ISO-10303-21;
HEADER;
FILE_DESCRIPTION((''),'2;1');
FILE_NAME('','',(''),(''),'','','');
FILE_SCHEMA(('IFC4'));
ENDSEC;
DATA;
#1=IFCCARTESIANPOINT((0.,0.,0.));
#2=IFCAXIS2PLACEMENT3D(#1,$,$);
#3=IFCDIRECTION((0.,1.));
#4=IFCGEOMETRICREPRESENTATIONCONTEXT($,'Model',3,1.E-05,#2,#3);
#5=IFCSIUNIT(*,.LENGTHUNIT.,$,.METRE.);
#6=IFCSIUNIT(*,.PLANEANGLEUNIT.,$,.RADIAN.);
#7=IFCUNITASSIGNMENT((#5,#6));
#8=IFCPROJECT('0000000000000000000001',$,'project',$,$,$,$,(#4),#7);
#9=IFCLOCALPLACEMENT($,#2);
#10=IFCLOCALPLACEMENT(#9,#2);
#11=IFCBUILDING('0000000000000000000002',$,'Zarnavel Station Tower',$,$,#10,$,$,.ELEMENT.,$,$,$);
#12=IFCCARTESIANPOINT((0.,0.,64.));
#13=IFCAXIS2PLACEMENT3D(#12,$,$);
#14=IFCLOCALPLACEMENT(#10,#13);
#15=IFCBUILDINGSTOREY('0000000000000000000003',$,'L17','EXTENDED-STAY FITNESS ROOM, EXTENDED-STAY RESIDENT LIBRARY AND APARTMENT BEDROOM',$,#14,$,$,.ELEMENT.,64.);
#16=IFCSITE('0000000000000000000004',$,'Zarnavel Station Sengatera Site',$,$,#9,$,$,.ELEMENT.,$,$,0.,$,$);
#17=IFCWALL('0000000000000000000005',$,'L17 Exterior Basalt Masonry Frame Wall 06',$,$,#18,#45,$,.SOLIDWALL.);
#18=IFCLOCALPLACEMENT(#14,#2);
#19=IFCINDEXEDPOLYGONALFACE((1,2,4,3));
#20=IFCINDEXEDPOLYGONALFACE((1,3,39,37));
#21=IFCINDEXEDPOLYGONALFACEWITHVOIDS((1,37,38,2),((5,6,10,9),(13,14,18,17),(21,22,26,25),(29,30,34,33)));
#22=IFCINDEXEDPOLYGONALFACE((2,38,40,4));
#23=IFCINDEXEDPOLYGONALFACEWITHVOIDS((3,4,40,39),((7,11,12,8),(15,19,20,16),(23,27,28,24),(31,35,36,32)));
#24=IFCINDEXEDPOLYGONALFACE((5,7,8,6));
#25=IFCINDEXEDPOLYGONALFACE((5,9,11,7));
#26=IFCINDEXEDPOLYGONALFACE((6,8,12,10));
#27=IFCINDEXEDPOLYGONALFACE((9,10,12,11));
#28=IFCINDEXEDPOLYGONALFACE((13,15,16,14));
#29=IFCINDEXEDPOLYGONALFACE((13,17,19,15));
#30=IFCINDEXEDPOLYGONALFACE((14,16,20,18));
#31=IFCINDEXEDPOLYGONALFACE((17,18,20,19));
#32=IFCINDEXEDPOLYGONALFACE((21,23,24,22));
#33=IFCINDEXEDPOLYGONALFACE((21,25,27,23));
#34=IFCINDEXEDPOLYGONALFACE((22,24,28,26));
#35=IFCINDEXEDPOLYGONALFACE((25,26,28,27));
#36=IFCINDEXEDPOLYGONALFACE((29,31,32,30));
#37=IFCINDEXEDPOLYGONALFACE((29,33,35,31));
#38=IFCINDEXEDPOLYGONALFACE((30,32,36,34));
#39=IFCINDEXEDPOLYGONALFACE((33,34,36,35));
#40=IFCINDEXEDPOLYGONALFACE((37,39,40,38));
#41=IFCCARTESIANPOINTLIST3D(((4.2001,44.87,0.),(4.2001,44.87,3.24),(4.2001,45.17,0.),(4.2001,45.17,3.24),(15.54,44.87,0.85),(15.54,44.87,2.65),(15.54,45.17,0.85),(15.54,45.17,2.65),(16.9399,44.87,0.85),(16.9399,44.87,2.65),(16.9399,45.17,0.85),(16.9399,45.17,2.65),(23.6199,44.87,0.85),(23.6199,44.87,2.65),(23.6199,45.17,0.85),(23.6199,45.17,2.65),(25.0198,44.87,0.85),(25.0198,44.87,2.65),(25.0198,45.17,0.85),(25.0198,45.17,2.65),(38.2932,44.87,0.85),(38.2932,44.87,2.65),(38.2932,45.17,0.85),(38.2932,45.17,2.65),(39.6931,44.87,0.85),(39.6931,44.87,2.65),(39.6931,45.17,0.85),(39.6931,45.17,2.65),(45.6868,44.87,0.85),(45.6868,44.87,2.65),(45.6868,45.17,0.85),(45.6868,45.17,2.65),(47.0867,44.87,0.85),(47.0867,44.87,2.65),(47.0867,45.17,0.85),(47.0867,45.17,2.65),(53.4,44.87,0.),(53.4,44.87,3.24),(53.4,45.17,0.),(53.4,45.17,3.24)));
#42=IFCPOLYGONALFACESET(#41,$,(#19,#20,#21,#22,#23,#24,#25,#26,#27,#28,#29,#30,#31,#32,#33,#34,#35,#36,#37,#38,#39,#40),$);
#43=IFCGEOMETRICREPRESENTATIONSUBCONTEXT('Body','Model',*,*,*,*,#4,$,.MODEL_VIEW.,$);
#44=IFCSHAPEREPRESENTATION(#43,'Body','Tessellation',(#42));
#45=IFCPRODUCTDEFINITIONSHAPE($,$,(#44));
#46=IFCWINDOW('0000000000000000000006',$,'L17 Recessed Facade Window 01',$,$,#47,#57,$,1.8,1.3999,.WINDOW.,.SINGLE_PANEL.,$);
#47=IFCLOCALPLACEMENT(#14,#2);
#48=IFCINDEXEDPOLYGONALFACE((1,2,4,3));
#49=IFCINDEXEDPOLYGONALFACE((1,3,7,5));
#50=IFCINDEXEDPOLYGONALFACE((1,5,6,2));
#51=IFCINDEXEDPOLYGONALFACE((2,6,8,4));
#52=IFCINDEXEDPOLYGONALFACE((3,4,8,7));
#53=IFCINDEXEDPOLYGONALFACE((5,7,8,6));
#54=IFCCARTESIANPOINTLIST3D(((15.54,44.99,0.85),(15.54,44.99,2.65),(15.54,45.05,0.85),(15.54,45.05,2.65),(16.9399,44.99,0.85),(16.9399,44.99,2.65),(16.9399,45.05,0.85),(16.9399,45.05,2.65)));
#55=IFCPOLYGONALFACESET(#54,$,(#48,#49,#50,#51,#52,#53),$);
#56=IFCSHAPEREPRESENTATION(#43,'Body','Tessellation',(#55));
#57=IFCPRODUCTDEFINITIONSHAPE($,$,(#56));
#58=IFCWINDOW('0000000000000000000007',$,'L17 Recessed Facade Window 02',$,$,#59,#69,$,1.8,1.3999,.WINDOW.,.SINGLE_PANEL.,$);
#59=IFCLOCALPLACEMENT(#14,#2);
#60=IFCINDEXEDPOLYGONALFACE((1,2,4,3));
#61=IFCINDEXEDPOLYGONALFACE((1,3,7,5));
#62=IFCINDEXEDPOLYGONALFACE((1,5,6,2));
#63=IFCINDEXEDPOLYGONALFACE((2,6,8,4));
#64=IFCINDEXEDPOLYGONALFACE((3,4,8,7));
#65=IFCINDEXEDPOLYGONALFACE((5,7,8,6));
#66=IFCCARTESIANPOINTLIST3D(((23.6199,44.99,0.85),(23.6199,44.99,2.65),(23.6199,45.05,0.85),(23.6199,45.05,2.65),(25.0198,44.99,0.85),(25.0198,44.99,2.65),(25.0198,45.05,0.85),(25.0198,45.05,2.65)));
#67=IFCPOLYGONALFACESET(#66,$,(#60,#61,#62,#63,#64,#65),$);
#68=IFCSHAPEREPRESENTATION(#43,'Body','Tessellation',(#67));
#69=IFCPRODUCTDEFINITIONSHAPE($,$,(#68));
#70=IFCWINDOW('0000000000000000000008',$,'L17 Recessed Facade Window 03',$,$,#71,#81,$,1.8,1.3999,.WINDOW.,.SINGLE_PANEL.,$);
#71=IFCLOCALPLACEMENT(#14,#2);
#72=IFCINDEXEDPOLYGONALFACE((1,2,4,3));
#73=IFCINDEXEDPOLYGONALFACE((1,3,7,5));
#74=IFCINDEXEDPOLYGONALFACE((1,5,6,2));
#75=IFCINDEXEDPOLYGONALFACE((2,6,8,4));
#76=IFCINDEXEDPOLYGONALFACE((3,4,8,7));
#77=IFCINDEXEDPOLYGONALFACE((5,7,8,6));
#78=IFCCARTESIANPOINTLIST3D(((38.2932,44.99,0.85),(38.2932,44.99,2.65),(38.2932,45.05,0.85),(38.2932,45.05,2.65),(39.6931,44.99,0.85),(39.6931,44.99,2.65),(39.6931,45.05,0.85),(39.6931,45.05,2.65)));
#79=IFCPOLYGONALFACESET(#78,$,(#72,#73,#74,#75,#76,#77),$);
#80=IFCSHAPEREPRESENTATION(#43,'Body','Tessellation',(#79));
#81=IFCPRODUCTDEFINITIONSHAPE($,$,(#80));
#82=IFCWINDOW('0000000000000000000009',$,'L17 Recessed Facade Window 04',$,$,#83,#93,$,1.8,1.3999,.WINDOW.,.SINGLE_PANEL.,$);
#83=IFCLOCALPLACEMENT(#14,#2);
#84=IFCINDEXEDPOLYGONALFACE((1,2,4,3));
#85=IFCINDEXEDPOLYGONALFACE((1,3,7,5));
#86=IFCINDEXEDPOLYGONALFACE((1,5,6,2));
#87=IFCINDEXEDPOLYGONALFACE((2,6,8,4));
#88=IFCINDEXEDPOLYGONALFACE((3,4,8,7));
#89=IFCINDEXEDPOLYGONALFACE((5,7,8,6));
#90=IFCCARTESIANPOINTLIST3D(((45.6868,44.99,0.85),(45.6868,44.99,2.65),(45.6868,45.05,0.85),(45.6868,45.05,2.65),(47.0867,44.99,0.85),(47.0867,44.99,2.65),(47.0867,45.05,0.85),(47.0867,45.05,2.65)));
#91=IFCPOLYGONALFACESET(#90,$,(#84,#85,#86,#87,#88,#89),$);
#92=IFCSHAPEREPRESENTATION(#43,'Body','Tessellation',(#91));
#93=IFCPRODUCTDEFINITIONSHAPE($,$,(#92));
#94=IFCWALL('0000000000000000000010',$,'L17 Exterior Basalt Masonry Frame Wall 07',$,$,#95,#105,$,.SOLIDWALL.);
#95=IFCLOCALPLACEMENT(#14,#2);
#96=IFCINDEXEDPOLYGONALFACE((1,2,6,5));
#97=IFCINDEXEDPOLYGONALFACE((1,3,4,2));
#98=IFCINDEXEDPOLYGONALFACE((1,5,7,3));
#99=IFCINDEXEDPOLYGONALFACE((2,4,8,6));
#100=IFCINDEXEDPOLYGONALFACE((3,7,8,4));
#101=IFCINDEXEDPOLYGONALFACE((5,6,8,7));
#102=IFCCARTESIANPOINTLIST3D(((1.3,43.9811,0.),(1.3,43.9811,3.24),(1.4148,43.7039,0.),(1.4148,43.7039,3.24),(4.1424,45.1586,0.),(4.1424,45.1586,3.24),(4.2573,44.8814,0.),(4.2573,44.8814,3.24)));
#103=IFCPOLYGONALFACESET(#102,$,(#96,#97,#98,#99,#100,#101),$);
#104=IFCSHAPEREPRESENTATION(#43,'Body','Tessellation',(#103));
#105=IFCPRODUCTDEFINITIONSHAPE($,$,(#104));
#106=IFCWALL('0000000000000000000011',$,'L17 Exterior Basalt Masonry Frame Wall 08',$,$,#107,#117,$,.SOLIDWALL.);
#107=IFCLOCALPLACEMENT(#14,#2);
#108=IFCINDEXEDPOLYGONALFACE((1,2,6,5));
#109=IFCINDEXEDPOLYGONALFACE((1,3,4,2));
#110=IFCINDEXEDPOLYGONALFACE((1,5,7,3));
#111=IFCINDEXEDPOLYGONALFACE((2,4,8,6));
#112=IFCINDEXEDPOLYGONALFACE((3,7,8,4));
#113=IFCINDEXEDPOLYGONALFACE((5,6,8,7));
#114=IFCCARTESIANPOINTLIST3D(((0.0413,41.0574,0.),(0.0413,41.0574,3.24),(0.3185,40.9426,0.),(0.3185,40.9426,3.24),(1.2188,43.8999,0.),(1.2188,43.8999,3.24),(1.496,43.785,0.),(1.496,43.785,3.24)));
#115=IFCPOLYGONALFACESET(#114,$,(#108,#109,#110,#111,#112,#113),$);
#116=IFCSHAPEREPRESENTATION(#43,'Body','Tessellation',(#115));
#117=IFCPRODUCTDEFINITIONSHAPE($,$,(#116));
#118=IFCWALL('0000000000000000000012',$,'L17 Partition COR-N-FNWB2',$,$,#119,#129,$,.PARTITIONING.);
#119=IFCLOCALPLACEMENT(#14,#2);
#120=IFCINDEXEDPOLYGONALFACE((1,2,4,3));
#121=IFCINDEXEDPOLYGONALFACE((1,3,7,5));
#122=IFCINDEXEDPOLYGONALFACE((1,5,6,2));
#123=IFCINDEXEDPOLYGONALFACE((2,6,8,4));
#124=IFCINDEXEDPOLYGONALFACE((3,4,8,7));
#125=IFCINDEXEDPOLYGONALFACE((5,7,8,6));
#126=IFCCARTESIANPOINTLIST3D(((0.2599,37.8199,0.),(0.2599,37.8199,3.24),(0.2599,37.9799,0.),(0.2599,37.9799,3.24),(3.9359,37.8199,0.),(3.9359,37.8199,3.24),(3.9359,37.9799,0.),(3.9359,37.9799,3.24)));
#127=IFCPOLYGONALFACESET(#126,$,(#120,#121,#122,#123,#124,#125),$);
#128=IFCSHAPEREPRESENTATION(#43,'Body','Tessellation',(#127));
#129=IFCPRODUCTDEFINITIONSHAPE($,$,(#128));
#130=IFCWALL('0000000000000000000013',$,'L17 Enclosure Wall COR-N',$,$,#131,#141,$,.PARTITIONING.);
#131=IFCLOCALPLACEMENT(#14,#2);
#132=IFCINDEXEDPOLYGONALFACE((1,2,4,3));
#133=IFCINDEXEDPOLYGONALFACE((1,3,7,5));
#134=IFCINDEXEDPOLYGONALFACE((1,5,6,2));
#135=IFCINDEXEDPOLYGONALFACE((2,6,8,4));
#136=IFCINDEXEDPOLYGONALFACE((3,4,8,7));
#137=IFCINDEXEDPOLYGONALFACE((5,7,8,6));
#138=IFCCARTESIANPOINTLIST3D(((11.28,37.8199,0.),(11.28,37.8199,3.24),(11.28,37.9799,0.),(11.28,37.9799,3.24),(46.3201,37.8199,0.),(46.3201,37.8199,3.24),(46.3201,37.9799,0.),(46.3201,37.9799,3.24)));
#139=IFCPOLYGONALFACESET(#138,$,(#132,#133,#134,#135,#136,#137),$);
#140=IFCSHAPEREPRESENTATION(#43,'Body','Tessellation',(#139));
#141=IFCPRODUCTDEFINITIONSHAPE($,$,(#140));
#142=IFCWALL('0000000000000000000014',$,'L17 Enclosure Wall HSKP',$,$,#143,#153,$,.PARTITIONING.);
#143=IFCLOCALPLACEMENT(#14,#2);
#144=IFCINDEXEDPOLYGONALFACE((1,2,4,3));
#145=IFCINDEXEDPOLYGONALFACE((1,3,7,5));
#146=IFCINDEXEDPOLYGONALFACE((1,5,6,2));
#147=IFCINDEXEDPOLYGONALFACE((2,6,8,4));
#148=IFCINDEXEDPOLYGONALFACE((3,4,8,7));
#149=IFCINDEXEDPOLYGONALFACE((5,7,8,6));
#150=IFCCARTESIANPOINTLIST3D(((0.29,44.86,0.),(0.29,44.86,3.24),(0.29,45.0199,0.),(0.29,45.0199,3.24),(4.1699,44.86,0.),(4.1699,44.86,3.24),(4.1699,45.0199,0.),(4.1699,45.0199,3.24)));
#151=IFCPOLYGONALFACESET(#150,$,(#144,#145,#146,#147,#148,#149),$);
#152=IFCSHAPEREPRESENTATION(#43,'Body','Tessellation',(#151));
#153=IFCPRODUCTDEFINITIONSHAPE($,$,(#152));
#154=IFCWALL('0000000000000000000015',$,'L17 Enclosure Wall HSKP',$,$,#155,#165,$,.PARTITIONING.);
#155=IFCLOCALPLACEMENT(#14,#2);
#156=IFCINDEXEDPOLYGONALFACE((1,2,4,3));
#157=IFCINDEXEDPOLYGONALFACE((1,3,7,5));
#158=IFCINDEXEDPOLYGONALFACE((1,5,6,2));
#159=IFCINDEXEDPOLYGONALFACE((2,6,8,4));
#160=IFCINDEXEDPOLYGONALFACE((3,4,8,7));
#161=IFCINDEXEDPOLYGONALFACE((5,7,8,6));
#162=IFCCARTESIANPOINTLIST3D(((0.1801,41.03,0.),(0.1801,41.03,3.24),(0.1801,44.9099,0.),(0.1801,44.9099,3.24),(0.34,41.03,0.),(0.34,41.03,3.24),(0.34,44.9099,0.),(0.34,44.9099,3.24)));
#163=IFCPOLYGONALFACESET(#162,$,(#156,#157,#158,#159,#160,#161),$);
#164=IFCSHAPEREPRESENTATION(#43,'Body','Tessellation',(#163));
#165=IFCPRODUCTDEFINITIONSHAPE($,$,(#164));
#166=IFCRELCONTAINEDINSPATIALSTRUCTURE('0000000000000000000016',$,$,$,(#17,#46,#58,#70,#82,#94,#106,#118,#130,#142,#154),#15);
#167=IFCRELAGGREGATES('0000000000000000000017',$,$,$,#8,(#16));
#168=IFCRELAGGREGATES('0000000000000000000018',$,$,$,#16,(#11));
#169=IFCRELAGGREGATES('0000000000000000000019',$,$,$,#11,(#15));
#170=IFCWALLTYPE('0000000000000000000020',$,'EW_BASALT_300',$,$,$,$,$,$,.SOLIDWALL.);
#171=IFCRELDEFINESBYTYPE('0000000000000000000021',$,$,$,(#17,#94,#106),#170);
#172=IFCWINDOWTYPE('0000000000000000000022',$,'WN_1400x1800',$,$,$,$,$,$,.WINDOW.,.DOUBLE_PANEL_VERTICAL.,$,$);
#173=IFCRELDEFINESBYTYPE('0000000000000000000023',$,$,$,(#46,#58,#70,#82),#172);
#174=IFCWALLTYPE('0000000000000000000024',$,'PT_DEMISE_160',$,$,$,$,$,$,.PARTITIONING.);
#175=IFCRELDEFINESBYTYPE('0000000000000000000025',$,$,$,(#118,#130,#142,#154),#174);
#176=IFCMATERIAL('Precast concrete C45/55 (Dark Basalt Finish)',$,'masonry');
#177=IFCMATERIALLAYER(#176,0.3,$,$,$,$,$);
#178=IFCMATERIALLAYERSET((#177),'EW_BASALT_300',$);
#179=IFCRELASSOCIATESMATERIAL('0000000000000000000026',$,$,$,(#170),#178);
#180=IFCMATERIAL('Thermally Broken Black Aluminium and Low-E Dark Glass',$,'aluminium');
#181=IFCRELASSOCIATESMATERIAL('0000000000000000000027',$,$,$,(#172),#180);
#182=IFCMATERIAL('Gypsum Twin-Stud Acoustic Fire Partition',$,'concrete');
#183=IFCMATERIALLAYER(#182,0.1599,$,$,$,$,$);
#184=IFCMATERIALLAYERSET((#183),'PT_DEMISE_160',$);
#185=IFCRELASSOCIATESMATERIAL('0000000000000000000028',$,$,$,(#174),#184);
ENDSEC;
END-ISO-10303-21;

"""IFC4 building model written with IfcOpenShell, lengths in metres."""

from ifc_helpers import new_model, si_unit, direction, frame, frame_2d, origin, place, context, subcontext, project, spatial, rectangle, extrude, material, layer, layer_set, type_object, element, fill, save


model = new_model("IFC4")

# Units and contexts
model_context = context("Model", 3, precision=1e-05, world=origin(), true_north=direction((0.0, 1.0)))
body_context = subcontext(model_context, "Body", "Model", "MODEL_VIEW")
ifc_project = project(units=[si_unit("LENGTHUNIT", "METRE"), si_unit("PLANEANGLEUNIT", "RADIAN")], contexts=[model_context])

# Site, building, storey
site_placement = place(None, origin())
site = spatial("IfcSite", under=ifc_project, at=site_placement, Name="Zarnavel Station Sengatera Site", CompositionType="ELEMENT", RefElevation=0.0)
building_placement = place(site_placement, origin())
building = spatial("IfcBuilding", under=site, at=building_placement, Name="Zarnavel Station Tower", CompositionType="ELEMENT")
storey_placement = place(building_placement, frame((0.0, 0.0, 64.0)))
storey = spatial("IfcBuildingStorey", under=building, at=storey_placement, Name="L17", Description="EXTENDED-STAY FITNESS ROOM, EXTENDED-STAY RESIDENT LIBRARY AND APARTMENT BEDROOM", CompositionType="ELEMENT", Elevation=64.0)

# Wall, openings, windows
ifc_material_1 = material(Name="Precast concrete C45/55 (Dark Basalt Finish)", Category="masonry")
ifc_layer_1 = layer(ifc_material_1, 0.3)
ifc_layer_set_1 = layer_set([ifc_layer_1], Name="EW_BASALT_300")
wall_type_1 = type_object("IfcWallType", Name="EW_BASALT_300", PredefinedType="SOLIDWALL", material=ifc_layer_set_1)
wall_1_placement = place(storey_placement, frame((4.2, 45.02, 0.0), z_axis=(0.0, 0.0, 1.0), x_axis=(1.0, 0.0, 0.0)))
wall_1 = element("IfcWall", 1, at=wall_1_placement, inside=storey, type_object=wall_type_1, Name="L17 Exterior Basalt Masonry Frame Wall 06", PredefinedType="SOLIDWALL", context=body_context, shape_type="SweptSolid", body=[
    extrude(rectangle(XDim=49.2, YDim=0.3, at=frame_2d((24.6001, 0.0))), origin(), (0.0, 0.0, 1.0), 3.24),
])
opening_1_placement = place(wall_1_placement, frame((11.3401, 0.0, 0.8501)))
opening_1 = element("IfcOpeningElement", 2, at=opening_1_placement, cuts=wall_1, PredefinedType="OPENING", context=body_context, shape_type="SweptSolid", body=[
    extrude(rectangle(XDim=1.3999, YDim=1.8, at=frame_2d((0.7, 0.8999))), frame((0.0, 0.1599, 0.0), z_axis=(0.0, -1.0, 0.0), x_axis=(1.0, 0.0, 0.0)), (0.0, 0.0, 1.0), 0.3201),
])
opening_2_placement = place(wall_1_placement, frame((19.4199, 0.0, 0.8501)))
opening_2 = element("IfcOpeningElement", 3, at=opening_2_placement, cuts=wall_1, PredefinedType="OPENING", context=body_context, shape_type="SweptSolid", body=[
    extrude(rectangle(XDim=1.3999, YDim=1.8, at=frame_2d((0.7, 0.8999))), frame((0.0, 0.1599, 0.0), z_axis=(0.0, -1.0, 0.0), x_axis=(1.0, 0.0, 0.0)), (0.0, 0.0, 1.0), 0.3201),
])
opening_3_placement = place(wall_1_placement, frame((34.0933, 0.0, 0.8501)))
opening_3 = element("IfcOpeningElement", 4, at=opening_3_placement, cuts=wall_1, PredefinedType="OPENING", context=body_context, shape_type="SweptSolid", body=[
    extrude(rectangle(XDim=1.3999, YDim=1.8, at=frame_2d((0.7, 0.8999))), frame((0.0, 0.1599, 0.0), z_axis=(0.0, -1.0, 0.0), x_axis=(1.0, 0.0, 0.0)), (0.0, 0.0, 1.0), 0.3201),
])
opening_4_placement = place(wall_1_placement, frame((41.4868, 0.0, 0.8501)))
opening_4 = element("IfcOpeningElement", 5, at=opening_4_placement, cuts=wall_1, PredefinedType="OPENING", context=body_context, shape_type="SweptSolid", body=[
    extrude(rectangle(XDim=1.3999, YDim=1.8, at=frame_2d((0.7, 0.8999))), frame((0.0, 0.1599, 0.0), z_axis=(0.0, -1.0, 0.0), x_axis=(1.0, 0.0, 0.0)), (0.0, 0.0, 1.0), 0.3201),
])
ifc_material_2 = material(Name="Thermally Broken Black Aluminium and Low-E Dark Glass", Category="aluminium")
window_type = type_object("IfcWindowType", Name="WN_1400x1800", PartitioningType="DOUBLE_PANEL_VERTICAL", PredefinedType="WINDOW", material=ifc_material_2)
window_1_placement = place(opening_1_placement, origin())
window_1 = element("IfcWindow", 6, at=window_1_placement, inside=storey, type_object=window_type, Name="L17 Recessed Facade Window 01", OverallHeight=1.8, OverallWidth=1.3999, PartitioningType="SINGLE_PANEL", PredefinedType="WINDOW", context=body_context, shape_type="SweptSolid", body=[
    extrude(rectangle(XDim=1.3999, YDim=1.8, at=frame_2d((0.7, 0.8999))), frame((0.0, 0.03, 0.0), z_axis=(0.0, -1.0, 0.0), x_axis=(1.0, 0.0, 0.0)), (0.0, 0.0, 1.0), 0.0601),
])
fill(opening_1, window_1)
window_2_placement = place(opening_2_placement, origin())
window_2 = element("IfcWindow", 7, at=window_2_placement, inside=storey, type_object=window_type, Name="L17 Recessed Facade Window 02", OverallHeight=1.8, OverallWidth=1.3999, PartitioningType="SINGLE_PANEL", PredefinedType="WINDOW", context=body_context, shape_type="SweptSolid", body=[
    extrude(rectangle(XDim=1.3999, YDim=1.8, at=frame_2d((0.7, 0.8999))), frame((0.0, 0.03, 0.0), z_axis=(0.0, -1.0, 0.0), x_axis=(1.0, 0.0, 0.0)), (0.0, 0.0, 1.0), 0.0601),
])
fill(opening_2, window_2)
window_3_placement = place(opening_3_placement, origin())
window_3 = element("IfcWindow", 8, at=window_3_placement, inside=storey, type_object=window_type, Name="L17 Recessed Facade Window 03", OverallHeight=1.8, OverallWidth=1.3999, PartitioningType="SINGLE_PANEL", PredefinedType="WINDOW", context=body_context, shape_type="SweptSolid", body=[
    extrude(rectangle(XDim=1.3999, YDim=1.8, at=frame_2d((0.7, 0.8999))), frame((0.0, 0.03, 0.0), z_axis=(0.0, -1.0, 0.0), x_axis=(1.0, 0.0, 0.0)), (0.0, 0.0, 1.0), 0.0601),
])
fill(opening_3, window_3)
window_4_placement = place(opening_4_placement, origin())
window_4 = element("IfcWindow", 9, at=window_4_placement, inside=storey, type_object=window_type, Name="L17 Recessed Facade Window 04", OverallHeight=1.8, OverallWidth=1.3999, PartitioningType="SINGLE_PANEL", PredefinedType="WINDOW", context=body_context, shape_type="SweptSolid", body=[
    extrude(rectangle(XDim=1.3999, YDim=1.8, at=frame_2d((0.7, 0.8999))), frame((0.0, 0.03, 0.0), z_axis=(0.0, -1.0, 0.0), x_axis=(1.0, 0.0, 0.0)), (0.0, 0.0, 1.0), 0.0601),
])
fill(opening_4, window_4)

# Walls
for number, where, z_axis, x_axis, name in (
    (10, (1.3574, 43.8425, 0.0), (0.0, 0.0, 1.0), (0.923871, 0.382705, 0.0), "L17 Exterior Basalt Masonry Frame Wall 07"),
    (11, (0.1799, 41.0, 0.0), (0.0, 0.0, 1.0), (0.382705, 0.923871, 0.0), "L17 Exterior Basalt Masonry Frame Wall 08"),
):
    element("IfcWall", number, at=place(storey_placement, frame(where, z_axis=z_axis, x_axis=x_axis)), inside=storey, type_object=wall_type_1, Name=name, PredefinedType="SOLIDWALL", context=body_context, shape_type="SweptSolid", body=[
        extrude(rectangle(XDim=3.0767, YDim=0.3, at=frame_2d((1.5383, 0.0))), origin(), (0.0, 0.0, 1.0), 3.24),
    ])

# Shared definitions
ifc_material_3 = material(Name="Gypsum Twin-Stud Acoustic Fire Partition", Category="concrete")
ifc_layer_2 = layer(ifc_material_3, 0.1599)
ifc_layer_set_2 = layer_set([ifc_layer_2], Name="PT_DEMISE_160")
wall_type_2 = type_object("IfcWallType", Name="PT_DEMISE_160", PredefinedType="PARTITIONING", material=ifc_layer_set_2)

# Walls
wall_2_placement = place(storey_placement, frame((0.26, 37.8999, 0.0), z_axis=(0.0, 0.0, 1.0), x_axis=(1.0, 0.0, 0.0)))
element("IfcWall", 12, at=wall_2_placement, inside=storey, type_object=wall_type_2, Name="L17 Partition COR-N-FNWB2", PredefinedType="PARTITIONING", context=body_context, shape_type="SweptSolid", body=[
    extrude(rectangle(XDim=3.676, YDim=0.1599, at=frame_2d((1.8379, 0.0))), origin(), (0.0, 0.0, 1.0), 3.24),
])
wall_3_placement = place(storey_placement, frame((11.28, 37.8999, 0.0), z_axis=(0.0, 0.0, 1.0), x_axis=(1.0, 0.0, 0.0)))
element("IfcWall", 13, at=wall_3_placement, inside=storey, type_object=wall_type_2, Name="L17 Enclosure Wall COR-N", PredefinedType="PARTITIONING", context=body_context, shape_type="SweptSolid", body=[
    extrude(rectangle(XDim=35.04, YDim=0.1599, at=frame_2d((17.52, 0.0))), origin(), (0.0, 0.0, 1.0), 3.24),
])
for number, where, z_axis, x_axis, name in (
    (14, (0.29, 44.9399, 0.0), (0.0, 0.0, 1.0), (1.0, 0.0, 0.0), "L17 Enclosure Wall HSKP"),
    (15, (0.26, 41.03, 0.0), (0.0, 0.0, 1.0), (0.0, 1.0, 0.0), "L17 Enclosure Wall HSKP"),
):
    element("IfcWall", number, at=place(storey_placement, frame(where, z_axis=z_axis, x_axis=x_axis)), inside=storey, type_object=wall_type_2, Name=name, PredefinedType="PARTITIONING", context=body_context, shape_type="SweptSolid", body=[
        extrude(rectangle(XDim=3.8799, YDim=0.1599, at=frame_2d((1.9399, 0.0))), origin(), (0.0, 0.0, 1.0), 3.24),
    ])

save(model, "model.ifc")
